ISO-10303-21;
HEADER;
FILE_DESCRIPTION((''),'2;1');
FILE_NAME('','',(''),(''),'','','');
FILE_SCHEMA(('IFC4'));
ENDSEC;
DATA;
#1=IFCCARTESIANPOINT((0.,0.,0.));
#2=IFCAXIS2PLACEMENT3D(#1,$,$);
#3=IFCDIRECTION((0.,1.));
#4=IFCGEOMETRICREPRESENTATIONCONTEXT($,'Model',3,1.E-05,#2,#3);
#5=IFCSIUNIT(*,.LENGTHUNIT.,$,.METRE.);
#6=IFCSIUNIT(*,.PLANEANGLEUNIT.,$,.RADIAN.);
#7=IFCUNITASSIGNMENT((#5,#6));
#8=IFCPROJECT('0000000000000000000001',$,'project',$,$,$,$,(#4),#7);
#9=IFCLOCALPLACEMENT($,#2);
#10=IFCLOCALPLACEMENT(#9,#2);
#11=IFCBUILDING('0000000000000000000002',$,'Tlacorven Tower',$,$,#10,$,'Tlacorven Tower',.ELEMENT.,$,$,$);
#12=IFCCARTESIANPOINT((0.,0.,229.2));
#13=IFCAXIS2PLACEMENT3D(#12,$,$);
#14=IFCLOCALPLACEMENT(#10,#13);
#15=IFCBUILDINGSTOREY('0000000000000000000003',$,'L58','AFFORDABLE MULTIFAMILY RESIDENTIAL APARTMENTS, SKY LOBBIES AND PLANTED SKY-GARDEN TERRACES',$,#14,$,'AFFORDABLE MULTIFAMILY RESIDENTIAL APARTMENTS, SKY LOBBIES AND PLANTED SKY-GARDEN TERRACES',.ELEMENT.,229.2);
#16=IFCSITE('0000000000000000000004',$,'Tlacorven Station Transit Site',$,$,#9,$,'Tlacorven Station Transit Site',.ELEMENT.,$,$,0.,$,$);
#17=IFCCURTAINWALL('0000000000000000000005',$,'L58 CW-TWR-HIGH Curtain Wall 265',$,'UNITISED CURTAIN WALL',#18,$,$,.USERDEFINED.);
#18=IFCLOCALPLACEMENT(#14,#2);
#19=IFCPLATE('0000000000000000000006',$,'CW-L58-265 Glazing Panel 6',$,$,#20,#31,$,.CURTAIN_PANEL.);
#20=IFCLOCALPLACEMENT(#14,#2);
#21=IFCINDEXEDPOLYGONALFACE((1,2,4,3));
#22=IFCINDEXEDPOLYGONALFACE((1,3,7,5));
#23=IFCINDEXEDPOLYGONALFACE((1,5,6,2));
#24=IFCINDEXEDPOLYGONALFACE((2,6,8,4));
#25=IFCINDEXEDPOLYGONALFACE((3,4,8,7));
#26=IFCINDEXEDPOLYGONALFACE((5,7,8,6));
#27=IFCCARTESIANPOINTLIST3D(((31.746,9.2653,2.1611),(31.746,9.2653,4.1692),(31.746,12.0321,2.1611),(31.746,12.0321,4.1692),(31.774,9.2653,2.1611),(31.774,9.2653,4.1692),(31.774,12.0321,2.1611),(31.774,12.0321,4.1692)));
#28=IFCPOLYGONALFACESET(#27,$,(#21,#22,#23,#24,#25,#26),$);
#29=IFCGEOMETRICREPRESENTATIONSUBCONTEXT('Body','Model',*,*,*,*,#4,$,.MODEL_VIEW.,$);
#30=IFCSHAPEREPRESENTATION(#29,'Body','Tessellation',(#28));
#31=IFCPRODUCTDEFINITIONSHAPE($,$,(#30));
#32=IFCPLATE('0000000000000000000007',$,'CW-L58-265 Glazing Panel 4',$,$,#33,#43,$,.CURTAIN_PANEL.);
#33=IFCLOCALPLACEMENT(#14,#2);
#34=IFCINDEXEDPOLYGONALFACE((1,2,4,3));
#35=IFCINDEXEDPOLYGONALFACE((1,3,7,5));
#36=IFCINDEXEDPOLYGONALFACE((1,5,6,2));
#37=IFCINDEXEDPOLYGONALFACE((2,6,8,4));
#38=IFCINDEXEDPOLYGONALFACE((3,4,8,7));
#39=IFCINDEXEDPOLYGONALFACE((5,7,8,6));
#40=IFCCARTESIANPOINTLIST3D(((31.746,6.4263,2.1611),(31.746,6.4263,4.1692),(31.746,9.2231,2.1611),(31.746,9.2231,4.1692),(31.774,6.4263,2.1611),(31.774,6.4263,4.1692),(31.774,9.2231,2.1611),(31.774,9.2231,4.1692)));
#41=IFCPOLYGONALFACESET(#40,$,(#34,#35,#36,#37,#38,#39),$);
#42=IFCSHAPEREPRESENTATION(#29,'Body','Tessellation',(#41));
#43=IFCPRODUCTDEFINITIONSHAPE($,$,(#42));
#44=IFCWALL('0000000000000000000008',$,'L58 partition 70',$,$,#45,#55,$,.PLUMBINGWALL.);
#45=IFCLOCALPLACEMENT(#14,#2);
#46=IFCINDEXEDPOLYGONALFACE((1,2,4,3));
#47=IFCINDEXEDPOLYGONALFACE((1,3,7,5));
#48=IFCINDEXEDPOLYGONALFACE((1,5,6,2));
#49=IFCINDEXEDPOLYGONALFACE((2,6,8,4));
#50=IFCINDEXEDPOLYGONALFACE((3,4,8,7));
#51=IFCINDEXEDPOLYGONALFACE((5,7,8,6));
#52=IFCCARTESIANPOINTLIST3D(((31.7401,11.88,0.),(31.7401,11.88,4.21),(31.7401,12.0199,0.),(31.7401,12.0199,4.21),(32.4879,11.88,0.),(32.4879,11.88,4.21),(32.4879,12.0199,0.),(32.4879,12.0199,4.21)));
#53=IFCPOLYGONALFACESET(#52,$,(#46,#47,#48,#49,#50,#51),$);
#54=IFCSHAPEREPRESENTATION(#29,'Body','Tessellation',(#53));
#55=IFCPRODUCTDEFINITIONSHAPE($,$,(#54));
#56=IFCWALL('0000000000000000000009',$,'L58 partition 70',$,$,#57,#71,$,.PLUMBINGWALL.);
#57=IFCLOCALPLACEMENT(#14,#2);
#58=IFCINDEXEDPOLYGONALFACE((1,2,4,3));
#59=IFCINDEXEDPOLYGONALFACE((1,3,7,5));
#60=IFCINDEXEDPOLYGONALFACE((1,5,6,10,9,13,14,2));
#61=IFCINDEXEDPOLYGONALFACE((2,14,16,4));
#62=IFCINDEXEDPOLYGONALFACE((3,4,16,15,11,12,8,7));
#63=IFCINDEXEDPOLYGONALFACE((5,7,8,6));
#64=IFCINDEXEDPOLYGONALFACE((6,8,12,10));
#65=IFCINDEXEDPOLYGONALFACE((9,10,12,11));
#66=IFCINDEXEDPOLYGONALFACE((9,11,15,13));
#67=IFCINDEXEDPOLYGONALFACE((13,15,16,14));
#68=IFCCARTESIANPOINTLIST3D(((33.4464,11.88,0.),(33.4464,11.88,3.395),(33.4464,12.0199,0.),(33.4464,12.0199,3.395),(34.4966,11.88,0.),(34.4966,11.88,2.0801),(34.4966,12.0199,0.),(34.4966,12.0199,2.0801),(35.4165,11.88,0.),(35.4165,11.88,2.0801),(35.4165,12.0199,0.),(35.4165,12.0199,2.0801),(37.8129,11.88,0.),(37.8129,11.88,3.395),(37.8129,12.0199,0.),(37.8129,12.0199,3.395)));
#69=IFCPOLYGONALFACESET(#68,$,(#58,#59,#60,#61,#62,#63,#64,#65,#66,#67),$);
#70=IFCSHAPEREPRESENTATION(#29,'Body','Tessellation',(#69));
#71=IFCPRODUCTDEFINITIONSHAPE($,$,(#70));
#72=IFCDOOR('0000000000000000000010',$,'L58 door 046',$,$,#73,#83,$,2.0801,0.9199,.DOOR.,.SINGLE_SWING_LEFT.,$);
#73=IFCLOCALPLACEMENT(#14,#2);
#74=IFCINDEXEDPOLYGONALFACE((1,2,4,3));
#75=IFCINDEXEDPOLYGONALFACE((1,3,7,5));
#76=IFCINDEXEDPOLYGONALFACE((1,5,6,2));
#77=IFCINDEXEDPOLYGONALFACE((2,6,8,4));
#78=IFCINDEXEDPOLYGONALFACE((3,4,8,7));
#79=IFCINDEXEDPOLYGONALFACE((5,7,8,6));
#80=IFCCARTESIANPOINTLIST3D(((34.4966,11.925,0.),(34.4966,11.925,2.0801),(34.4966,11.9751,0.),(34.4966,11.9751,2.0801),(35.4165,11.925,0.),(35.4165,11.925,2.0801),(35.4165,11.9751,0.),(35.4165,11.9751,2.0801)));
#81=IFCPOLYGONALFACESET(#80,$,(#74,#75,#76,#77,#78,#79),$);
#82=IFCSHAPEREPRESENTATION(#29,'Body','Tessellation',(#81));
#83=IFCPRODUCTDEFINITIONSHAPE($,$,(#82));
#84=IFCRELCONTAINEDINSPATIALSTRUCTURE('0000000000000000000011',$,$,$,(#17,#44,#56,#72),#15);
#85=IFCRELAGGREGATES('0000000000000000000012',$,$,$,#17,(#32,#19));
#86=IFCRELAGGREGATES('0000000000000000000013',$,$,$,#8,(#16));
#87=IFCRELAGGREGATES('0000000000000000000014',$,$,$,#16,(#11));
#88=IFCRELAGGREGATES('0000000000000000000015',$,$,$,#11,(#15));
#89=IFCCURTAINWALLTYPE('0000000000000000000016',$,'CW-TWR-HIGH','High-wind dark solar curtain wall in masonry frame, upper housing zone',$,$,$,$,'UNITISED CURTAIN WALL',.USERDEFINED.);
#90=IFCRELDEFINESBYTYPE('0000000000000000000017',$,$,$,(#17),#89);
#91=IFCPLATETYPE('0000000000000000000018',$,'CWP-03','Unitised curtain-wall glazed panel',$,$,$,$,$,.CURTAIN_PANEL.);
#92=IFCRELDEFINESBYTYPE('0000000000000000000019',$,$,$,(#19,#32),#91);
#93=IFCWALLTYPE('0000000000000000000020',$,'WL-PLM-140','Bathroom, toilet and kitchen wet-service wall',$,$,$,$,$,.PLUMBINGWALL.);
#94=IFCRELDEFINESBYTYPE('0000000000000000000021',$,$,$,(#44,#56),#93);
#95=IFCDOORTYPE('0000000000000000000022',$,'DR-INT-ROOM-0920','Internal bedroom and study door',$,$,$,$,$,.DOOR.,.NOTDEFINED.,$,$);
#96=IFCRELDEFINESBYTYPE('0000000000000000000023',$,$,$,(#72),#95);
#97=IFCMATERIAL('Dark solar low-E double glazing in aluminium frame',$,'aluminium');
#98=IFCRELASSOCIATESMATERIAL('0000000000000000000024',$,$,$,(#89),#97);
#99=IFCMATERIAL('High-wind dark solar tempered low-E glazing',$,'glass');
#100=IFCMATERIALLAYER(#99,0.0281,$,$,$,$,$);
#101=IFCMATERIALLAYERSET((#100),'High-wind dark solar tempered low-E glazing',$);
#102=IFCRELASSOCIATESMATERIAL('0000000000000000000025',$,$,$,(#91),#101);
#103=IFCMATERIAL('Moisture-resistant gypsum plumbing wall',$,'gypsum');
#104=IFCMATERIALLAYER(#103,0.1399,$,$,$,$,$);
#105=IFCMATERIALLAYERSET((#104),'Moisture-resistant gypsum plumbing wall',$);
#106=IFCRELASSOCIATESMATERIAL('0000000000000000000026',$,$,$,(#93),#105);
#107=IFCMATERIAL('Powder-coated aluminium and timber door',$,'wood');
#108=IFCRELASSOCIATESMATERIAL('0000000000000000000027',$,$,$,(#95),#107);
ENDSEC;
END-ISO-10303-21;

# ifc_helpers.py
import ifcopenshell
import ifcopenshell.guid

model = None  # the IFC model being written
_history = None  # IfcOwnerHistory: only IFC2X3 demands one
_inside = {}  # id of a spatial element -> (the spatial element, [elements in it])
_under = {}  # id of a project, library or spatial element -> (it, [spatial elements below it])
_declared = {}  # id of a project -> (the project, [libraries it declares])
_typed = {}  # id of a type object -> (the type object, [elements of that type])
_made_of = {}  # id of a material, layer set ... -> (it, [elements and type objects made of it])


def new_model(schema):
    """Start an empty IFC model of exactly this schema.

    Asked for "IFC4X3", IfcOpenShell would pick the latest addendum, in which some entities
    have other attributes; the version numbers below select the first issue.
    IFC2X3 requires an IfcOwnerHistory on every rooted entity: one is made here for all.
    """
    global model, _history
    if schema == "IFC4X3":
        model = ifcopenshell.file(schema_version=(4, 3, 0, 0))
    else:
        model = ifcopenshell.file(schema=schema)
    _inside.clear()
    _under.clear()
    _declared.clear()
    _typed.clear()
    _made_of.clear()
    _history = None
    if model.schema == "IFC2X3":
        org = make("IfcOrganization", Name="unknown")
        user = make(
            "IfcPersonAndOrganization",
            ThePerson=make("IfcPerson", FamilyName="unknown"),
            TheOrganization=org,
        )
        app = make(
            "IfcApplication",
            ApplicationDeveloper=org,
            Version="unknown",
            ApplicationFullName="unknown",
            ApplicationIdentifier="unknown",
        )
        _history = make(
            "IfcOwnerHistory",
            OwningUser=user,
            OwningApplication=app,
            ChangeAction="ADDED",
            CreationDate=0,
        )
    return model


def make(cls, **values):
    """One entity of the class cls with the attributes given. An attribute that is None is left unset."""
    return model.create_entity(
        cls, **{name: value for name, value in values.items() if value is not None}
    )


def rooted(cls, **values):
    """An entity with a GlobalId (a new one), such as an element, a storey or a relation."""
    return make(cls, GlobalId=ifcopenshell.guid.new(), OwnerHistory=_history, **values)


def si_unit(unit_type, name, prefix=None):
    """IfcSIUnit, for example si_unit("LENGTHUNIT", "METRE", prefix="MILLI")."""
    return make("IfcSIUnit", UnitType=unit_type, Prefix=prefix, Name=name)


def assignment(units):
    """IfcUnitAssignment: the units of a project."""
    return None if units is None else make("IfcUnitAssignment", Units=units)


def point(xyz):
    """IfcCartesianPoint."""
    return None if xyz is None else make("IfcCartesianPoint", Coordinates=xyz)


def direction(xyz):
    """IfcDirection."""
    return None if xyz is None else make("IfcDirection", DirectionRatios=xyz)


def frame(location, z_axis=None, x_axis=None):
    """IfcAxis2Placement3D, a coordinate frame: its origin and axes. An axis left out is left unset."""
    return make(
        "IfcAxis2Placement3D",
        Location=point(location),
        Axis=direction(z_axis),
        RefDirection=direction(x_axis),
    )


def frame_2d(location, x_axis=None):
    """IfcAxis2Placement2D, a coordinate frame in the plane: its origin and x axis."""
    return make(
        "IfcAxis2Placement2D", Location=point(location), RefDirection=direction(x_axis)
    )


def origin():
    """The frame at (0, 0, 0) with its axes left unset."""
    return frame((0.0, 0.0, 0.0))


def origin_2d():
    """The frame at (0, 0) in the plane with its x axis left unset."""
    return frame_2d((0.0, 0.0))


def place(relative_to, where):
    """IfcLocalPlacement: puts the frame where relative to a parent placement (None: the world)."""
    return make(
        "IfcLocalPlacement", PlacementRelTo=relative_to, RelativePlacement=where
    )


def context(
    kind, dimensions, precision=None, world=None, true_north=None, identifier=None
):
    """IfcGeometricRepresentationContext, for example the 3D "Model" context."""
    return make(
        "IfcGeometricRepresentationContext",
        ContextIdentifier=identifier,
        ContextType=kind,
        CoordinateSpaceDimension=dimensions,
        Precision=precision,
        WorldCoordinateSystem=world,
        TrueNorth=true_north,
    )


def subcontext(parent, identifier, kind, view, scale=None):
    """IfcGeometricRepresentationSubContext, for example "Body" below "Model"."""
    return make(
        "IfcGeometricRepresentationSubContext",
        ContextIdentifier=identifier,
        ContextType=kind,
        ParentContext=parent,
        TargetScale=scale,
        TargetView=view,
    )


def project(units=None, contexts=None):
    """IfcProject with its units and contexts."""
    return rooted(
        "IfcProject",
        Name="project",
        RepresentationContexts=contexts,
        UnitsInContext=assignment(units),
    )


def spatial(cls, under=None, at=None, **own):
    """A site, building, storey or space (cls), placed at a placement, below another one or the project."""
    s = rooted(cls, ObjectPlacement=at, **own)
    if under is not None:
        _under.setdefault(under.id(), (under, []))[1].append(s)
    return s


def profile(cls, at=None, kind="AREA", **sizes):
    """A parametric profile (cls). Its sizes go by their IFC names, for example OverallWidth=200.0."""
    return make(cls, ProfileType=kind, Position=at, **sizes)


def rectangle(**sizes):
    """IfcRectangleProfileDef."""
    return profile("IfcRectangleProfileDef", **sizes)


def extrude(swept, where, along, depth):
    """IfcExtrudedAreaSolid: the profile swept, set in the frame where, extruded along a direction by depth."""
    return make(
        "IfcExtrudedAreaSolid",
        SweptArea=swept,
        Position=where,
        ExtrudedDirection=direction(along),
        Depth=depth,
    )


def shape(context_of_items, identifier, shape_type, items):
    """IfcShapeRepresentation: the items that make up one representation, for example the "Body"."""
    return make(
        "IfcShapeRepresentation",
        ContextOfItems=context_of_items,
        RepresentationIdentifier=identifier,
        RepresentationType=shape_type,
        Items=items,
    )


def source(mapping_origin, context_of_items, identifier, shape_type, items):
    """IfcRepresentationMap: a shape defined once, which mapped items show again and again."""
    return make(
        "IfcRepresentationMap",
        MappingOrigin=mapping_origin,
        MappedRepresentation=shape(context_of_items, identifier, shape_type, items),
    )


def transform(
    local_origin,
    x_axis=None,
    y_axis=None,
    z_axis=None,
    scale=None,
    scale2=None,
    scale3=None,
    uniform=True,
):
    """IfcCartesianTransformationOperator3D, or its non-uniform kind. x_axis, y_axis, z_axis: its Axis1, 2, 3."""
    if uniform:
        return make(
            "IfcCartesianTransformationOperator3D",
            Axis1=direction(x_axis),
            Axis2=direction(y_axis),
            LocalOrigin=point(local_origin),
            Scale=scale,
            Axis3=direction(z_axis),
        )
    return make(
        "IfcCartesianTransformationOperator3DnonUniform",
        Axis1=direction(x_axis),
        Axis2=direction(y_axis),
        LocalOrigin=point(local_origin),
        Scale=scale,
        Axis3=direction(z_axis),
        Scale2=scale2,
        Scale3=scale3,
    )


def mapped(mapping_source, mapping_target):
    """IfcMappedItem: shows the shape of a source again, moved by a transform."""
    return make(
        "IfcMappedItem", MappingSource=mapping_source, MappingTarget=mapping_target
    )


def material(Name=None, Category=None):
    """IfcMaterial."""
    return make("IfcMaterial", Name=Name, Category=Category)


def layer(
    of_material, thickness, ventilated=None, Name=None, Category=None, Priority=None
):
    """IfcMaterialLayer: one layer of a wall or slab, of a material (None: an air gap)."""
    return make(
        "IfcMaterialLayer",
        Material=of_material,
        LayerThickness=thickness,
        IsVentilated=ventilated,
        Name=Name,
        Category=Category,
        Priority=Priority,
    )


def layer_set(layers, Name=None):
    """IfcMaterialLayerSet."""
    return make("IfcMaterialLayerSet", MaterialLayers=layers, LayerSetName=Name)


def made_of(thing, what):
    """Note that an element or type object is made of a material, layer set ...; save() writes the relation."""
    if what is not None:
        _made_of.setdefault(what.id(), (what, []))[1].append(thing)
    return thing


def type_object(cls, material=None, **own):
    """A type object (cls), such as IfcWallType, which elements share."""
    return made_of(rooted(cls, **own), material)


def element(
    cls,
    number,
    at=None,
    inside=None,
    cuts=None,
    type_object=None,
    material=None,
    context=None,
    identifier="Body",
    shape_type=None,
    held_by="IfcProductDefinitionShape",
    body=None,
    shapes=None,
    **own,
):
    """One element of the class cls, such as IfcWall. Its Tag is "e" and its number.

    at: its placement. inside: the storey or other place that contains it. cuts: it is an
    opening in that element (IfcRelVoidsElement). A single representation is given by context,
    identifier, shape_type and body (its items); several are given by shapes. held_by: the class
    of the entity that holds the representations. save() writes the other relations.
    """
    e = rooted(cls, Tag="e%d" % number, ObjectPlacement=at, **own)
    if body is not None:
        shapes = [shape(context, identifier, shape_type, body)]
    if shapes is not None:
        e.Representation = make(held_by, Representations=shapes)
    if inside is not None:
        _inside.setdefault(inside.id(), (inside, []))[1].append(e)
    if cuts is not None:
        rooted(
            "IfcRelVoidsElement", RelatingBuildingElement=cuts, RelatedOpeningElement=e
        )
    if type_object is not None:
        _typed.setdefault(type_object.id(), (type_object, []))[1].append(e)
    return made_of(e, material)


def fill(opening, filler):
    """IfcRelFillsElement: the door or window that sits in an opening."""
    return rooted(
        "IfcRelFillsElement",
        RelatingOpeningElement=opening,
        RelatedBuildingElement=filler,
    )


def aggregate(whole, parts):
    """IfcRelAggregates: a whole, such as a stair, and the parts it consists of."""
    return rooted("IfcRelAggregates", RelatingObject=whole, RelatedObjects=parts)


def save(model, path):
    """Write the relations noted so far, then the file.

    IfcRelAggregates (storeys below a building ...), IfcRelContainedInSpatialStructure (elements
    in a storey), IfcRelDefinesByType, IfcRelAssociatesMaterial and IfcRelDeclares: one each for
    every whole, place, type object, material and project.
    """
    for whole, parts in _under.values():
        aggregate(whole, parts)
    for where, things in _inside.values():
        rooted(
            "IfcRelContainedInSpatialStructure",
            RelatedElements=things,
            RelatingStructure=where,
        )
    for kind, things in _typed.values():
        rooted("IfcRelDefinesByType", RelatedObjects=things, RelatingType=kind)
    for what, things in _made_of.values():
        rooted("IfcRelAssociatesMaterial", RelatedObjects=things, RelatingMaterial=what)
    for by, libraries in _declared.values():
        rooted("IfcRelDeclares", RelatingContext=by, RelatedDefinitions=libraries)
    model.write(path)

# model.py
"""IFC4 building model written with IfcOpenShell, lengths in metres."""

from ifc_helpers import new_model, si_unit, direction, frame, frame_2d, origin, origin_2d, place, context, subcontext, project, spatial, rectangle, extrude, source, transform, mapped, material, layer, layer_set, type_object, element, fill, aggregate, save


model = new_model("IFC4")

# Units and contexts
model_context = context("Model", 3, precision=1e-05, world=origin(), true_north=direction((0.0, 1.0)))
body_context = subcontext(model_context, "Body", "Model", "MODEL_VIEW")
ifc_project = project(units=[si_unit("LENGTHUNIT", "METRE"), si_unit("PLANEANGLEUNIT", "RADIAN")], contexts=[model_context])

# Site, building, storey
site_placement = place(None, origin())
site = spatial("IfcSite", under=ifc_project, at=site_placement, Name="Tlacorven Station Transit Site", LongName="Tlacorven Station Transit Site", CompositionType="ELEMENT", RefElevation=0.0)
building_placement = place(site_placement, origin())
building = spatial("IfcBuilding", under=site, at=building_placement, Name="Tlacorven Tower", LongName="Tlacorven Tower", CompositionType="ELEMENT")
storey_placement = place(building_placement, frame((0.0, 0.0, 229.2)))
storey = spatial("IfcBuildingStorey", under=building, at=storey_placement, Name="L58", Description="AFFORDABLE MULTIFAMILY RESIDENTIAL APARTMENTS, SKY LOBBIES AND PLANTED SKY-GARDEN TERRACES", LongName="AFFORDABLE MULTIFAMILY RESIDENTIAL APARTMENTS, SKY LOBBIES AND PLANTED SKY-GARDEN TERRACES", CompositionType="ELEMENT", Elevation=229.2)

# Curtain wall
ifc_material_1 = material(Name="Dark solar low-E double glazing in aluminium frame", Category="aluminium")
curtain_wall_type = type_object("IfcCurtainWallType", Name="CW-TWR-HIGH", Description="High-wind dark solar curtain wall in masonry frame, upper housing zone", ElementType="UNITISED CURTAIN WALL", PredefinedType="USERDEFINED", material=ifc_material_1)
curtain_wall_placement = place(storey_placement, origin())
curtain_wall = element("IfcCurtainWall", 1, at=curtain_wall_placement, inside=storey, type_object=curtain_wall_type, Name="L58 CW-TWR-HIGH Curtain Wall 265", ObjectType="UNITISED CURTAIN WALL", PredefinedType="USERDEFINED")

# Plates
ifc_material_2 = material(Name="High-wind dark solar tempered low-E glazing", Category="glass")
ifc_layer_1 = layer(ifc_material_2, 0.0281)
ifc_layer_set_1 = layer_set([ifc_layer_1], Name="High-wind dark solar tempered low-E glazing")
plate_type_1 = type_object("IfcPlateType", Name="CWP-03", Description="Unitised curtain-wall glazed panel", PredefinedType="CURTAIN_PANEL", material=ifc_layer_set_1)
shared_shape_1 = source(origin(), body_context, "Body", "SweptSolid", [
    extrude(rectangle(XDim=2.7668, YDim=0.0281, at=origin_2d()), origin(), (0.0, 0.0, 1.0), 2.0081),
])
plate_1_placement = place(storey_placement, frame((31.76, 10.6487, 2.1611), z_axis=(0.0, 0.0, 1.0), x_axis=(0.0, 1.0, 0.0)))
plate_1 = element("IfcPlate", 2, at=plate_1_placement, type_object=plate_type_1, Name="CW-L58-265 Glazing Panel 6", PredefinedType="CURTAIN_PANEL", context=body_context, shape_type="MappedRepresentation", body=[
    mapped(shared_shape_1, transform((0.0, 0.0, 0.0), scale=1.0)),
])
shared_shape_2 = source(origin(), body_context, "Body", "SweptSolid", [
    extrude(rectangle(XDim=2.7969, YDim=0.0281, at=origin_2d()), origin(), (0.0, 0.0, 1.0), 2.0081),
])
plate_2_placement = place(storey_placement, frame((31.76, 7.8247, 2.1611), z_axis=(0.0, 0.0, 1.0), x_axis=(0.0, 1.0, 0.0)))
plate_2 = element("IfcPlate", 3, at=plate_2_placement, type_object=plate_type_1, Name="CW-L58-265 Glazing Panel 4", PredefinedType="CURTAIN_PANEL", context=body_context, shape_type="MappedRepresentation", body=[
    mapped(shared_shape_2, transform((0.0, 0.0, 0.0), scale=1.0)),
])
aggregate(curtain_wall, [plate_2, plate_1])

# Wall
ifc_material_3 = material(Name="Moisture-resistant gypsum plumbing wall", Category="gypsum")
ifc_layer_2 = layer(ifc_material_3, 0.1399)
ifc_layer_set_2 = layer_set([ifc_layer_2], Name="Moisture-resistant gypsum plumbing wall")
wall_type = type_object("IfcWallType", Name="WL-PLM-140", Description="Bathroom, toilet and kitchen wet-service wall", PredefinedType="PLUMBINGWALL", material=ifc_layer_set_2)
wall_1_placement = place(storey_placement, frame((31.74, 11.95, 0.0), z_axis=(0.0, 0.0, 1.0), x_axis=(1.0, 0.0, 0.0)))
element("IfcWall", 4, at=wall_1_placement, inside=storey, type_object=wall_type, Name="L58 partition 70", PredefinedType="PLUMBINGWALL", context=body_context, shape_type="SweptSolid", body=[
    extrude(rectangle(XDim=0.7478, YDim=0.1399, at=frame_2d((0.374, 0.0))), origin(), (0.0, 0.0, 1.0), 4.21),
])

# Wall, opening, door
wall_2_placement = place(storey_placement, frame((33.4465, 11.95, 0.0), z_axis=(0.0, 0.0, 1.0), x_axis=(1.0, 0.0, 0.0)))
wall_2 = element("IfcWall", 5, at=wall_2_placement, inside=storey, type_object=wall_type, Name="L58 partition 70", PredefinedType="PLUMBINGWALL", context=body_context, shape_type="SweptSolid", body=[
    extrude(rectangle(XDim=4.3665, YDim=0.1399, at=frame_2d((2.1831, 0.0))), origin(), (0.0, 0.0, 1.0), 3.395),
])
opening_placement = place(wall_2_placement, frame((1.05, 0.0, 0.0)))
opening = element("IfcOpeningElement", 6, at=opening_placement, cuts=wall_2, PredefinedType="OPENING", context=body_context, shape_type="SweptSolid", body=[
    extrude(rectangle(XDim=0.9199, YDim=2.0801, at=frame_2d((0.46, 1.04))), frame((0.0, 0.0801, 0.0), z_axis=(0.0, -1.0, 0.0), x_axis=(1.0, 0.0, 0.0)), (0.0, 0.0, 1.0), 0.1599),
])
ifc_material_4 = material(Name="Powder-coated aluminium and timber door", Category="wood")
door_type = type_object("IfcDoorType", Name="DR-INT-ROOM-0920", Description="Internal bedroom and study door", OperationType="NOTDEFINED", PredefinedType="DOOR", material=ifc_material_4)
shared_shape_3 = source(origin(), body_context, "Body", "SweptSolid", [
    extrude(rectangle(XDim=0.9199, YDim=2.0801, at=frame_2d((0.46, 1.04))), frame((0.0, 0.0249, 0.0), z_axis=(0.0, -1.0, 0.0), x_axis=(1.0, 0.0, 0.0)), (0.0, 0.0, 1.0), 0.05),
])
door_placement = place(opening_placement, frame((0.9199, 0.0, 0.0), z_axis=(0.0, 0.0, 1.0), x_axis=(-1.0, 0.0, 0.0)))
door = element("IfcDoor", 7, at=door_placement, inside=storey, type_object=door_type, Name="L58 door 046", OperationType="SINGLE_SWING_LEFT", OverallHeight=2.0801, OverallWidth=0.9199, PredefinedType="DOOR", context=body_context, shape_type="MappedRepresentation", body=[
    mapped(shared_shape_3, transform((0.0, 0.0, 0.0), scale=1.0)),
])
fill(opening, door)

save(model, "model.ifc")
